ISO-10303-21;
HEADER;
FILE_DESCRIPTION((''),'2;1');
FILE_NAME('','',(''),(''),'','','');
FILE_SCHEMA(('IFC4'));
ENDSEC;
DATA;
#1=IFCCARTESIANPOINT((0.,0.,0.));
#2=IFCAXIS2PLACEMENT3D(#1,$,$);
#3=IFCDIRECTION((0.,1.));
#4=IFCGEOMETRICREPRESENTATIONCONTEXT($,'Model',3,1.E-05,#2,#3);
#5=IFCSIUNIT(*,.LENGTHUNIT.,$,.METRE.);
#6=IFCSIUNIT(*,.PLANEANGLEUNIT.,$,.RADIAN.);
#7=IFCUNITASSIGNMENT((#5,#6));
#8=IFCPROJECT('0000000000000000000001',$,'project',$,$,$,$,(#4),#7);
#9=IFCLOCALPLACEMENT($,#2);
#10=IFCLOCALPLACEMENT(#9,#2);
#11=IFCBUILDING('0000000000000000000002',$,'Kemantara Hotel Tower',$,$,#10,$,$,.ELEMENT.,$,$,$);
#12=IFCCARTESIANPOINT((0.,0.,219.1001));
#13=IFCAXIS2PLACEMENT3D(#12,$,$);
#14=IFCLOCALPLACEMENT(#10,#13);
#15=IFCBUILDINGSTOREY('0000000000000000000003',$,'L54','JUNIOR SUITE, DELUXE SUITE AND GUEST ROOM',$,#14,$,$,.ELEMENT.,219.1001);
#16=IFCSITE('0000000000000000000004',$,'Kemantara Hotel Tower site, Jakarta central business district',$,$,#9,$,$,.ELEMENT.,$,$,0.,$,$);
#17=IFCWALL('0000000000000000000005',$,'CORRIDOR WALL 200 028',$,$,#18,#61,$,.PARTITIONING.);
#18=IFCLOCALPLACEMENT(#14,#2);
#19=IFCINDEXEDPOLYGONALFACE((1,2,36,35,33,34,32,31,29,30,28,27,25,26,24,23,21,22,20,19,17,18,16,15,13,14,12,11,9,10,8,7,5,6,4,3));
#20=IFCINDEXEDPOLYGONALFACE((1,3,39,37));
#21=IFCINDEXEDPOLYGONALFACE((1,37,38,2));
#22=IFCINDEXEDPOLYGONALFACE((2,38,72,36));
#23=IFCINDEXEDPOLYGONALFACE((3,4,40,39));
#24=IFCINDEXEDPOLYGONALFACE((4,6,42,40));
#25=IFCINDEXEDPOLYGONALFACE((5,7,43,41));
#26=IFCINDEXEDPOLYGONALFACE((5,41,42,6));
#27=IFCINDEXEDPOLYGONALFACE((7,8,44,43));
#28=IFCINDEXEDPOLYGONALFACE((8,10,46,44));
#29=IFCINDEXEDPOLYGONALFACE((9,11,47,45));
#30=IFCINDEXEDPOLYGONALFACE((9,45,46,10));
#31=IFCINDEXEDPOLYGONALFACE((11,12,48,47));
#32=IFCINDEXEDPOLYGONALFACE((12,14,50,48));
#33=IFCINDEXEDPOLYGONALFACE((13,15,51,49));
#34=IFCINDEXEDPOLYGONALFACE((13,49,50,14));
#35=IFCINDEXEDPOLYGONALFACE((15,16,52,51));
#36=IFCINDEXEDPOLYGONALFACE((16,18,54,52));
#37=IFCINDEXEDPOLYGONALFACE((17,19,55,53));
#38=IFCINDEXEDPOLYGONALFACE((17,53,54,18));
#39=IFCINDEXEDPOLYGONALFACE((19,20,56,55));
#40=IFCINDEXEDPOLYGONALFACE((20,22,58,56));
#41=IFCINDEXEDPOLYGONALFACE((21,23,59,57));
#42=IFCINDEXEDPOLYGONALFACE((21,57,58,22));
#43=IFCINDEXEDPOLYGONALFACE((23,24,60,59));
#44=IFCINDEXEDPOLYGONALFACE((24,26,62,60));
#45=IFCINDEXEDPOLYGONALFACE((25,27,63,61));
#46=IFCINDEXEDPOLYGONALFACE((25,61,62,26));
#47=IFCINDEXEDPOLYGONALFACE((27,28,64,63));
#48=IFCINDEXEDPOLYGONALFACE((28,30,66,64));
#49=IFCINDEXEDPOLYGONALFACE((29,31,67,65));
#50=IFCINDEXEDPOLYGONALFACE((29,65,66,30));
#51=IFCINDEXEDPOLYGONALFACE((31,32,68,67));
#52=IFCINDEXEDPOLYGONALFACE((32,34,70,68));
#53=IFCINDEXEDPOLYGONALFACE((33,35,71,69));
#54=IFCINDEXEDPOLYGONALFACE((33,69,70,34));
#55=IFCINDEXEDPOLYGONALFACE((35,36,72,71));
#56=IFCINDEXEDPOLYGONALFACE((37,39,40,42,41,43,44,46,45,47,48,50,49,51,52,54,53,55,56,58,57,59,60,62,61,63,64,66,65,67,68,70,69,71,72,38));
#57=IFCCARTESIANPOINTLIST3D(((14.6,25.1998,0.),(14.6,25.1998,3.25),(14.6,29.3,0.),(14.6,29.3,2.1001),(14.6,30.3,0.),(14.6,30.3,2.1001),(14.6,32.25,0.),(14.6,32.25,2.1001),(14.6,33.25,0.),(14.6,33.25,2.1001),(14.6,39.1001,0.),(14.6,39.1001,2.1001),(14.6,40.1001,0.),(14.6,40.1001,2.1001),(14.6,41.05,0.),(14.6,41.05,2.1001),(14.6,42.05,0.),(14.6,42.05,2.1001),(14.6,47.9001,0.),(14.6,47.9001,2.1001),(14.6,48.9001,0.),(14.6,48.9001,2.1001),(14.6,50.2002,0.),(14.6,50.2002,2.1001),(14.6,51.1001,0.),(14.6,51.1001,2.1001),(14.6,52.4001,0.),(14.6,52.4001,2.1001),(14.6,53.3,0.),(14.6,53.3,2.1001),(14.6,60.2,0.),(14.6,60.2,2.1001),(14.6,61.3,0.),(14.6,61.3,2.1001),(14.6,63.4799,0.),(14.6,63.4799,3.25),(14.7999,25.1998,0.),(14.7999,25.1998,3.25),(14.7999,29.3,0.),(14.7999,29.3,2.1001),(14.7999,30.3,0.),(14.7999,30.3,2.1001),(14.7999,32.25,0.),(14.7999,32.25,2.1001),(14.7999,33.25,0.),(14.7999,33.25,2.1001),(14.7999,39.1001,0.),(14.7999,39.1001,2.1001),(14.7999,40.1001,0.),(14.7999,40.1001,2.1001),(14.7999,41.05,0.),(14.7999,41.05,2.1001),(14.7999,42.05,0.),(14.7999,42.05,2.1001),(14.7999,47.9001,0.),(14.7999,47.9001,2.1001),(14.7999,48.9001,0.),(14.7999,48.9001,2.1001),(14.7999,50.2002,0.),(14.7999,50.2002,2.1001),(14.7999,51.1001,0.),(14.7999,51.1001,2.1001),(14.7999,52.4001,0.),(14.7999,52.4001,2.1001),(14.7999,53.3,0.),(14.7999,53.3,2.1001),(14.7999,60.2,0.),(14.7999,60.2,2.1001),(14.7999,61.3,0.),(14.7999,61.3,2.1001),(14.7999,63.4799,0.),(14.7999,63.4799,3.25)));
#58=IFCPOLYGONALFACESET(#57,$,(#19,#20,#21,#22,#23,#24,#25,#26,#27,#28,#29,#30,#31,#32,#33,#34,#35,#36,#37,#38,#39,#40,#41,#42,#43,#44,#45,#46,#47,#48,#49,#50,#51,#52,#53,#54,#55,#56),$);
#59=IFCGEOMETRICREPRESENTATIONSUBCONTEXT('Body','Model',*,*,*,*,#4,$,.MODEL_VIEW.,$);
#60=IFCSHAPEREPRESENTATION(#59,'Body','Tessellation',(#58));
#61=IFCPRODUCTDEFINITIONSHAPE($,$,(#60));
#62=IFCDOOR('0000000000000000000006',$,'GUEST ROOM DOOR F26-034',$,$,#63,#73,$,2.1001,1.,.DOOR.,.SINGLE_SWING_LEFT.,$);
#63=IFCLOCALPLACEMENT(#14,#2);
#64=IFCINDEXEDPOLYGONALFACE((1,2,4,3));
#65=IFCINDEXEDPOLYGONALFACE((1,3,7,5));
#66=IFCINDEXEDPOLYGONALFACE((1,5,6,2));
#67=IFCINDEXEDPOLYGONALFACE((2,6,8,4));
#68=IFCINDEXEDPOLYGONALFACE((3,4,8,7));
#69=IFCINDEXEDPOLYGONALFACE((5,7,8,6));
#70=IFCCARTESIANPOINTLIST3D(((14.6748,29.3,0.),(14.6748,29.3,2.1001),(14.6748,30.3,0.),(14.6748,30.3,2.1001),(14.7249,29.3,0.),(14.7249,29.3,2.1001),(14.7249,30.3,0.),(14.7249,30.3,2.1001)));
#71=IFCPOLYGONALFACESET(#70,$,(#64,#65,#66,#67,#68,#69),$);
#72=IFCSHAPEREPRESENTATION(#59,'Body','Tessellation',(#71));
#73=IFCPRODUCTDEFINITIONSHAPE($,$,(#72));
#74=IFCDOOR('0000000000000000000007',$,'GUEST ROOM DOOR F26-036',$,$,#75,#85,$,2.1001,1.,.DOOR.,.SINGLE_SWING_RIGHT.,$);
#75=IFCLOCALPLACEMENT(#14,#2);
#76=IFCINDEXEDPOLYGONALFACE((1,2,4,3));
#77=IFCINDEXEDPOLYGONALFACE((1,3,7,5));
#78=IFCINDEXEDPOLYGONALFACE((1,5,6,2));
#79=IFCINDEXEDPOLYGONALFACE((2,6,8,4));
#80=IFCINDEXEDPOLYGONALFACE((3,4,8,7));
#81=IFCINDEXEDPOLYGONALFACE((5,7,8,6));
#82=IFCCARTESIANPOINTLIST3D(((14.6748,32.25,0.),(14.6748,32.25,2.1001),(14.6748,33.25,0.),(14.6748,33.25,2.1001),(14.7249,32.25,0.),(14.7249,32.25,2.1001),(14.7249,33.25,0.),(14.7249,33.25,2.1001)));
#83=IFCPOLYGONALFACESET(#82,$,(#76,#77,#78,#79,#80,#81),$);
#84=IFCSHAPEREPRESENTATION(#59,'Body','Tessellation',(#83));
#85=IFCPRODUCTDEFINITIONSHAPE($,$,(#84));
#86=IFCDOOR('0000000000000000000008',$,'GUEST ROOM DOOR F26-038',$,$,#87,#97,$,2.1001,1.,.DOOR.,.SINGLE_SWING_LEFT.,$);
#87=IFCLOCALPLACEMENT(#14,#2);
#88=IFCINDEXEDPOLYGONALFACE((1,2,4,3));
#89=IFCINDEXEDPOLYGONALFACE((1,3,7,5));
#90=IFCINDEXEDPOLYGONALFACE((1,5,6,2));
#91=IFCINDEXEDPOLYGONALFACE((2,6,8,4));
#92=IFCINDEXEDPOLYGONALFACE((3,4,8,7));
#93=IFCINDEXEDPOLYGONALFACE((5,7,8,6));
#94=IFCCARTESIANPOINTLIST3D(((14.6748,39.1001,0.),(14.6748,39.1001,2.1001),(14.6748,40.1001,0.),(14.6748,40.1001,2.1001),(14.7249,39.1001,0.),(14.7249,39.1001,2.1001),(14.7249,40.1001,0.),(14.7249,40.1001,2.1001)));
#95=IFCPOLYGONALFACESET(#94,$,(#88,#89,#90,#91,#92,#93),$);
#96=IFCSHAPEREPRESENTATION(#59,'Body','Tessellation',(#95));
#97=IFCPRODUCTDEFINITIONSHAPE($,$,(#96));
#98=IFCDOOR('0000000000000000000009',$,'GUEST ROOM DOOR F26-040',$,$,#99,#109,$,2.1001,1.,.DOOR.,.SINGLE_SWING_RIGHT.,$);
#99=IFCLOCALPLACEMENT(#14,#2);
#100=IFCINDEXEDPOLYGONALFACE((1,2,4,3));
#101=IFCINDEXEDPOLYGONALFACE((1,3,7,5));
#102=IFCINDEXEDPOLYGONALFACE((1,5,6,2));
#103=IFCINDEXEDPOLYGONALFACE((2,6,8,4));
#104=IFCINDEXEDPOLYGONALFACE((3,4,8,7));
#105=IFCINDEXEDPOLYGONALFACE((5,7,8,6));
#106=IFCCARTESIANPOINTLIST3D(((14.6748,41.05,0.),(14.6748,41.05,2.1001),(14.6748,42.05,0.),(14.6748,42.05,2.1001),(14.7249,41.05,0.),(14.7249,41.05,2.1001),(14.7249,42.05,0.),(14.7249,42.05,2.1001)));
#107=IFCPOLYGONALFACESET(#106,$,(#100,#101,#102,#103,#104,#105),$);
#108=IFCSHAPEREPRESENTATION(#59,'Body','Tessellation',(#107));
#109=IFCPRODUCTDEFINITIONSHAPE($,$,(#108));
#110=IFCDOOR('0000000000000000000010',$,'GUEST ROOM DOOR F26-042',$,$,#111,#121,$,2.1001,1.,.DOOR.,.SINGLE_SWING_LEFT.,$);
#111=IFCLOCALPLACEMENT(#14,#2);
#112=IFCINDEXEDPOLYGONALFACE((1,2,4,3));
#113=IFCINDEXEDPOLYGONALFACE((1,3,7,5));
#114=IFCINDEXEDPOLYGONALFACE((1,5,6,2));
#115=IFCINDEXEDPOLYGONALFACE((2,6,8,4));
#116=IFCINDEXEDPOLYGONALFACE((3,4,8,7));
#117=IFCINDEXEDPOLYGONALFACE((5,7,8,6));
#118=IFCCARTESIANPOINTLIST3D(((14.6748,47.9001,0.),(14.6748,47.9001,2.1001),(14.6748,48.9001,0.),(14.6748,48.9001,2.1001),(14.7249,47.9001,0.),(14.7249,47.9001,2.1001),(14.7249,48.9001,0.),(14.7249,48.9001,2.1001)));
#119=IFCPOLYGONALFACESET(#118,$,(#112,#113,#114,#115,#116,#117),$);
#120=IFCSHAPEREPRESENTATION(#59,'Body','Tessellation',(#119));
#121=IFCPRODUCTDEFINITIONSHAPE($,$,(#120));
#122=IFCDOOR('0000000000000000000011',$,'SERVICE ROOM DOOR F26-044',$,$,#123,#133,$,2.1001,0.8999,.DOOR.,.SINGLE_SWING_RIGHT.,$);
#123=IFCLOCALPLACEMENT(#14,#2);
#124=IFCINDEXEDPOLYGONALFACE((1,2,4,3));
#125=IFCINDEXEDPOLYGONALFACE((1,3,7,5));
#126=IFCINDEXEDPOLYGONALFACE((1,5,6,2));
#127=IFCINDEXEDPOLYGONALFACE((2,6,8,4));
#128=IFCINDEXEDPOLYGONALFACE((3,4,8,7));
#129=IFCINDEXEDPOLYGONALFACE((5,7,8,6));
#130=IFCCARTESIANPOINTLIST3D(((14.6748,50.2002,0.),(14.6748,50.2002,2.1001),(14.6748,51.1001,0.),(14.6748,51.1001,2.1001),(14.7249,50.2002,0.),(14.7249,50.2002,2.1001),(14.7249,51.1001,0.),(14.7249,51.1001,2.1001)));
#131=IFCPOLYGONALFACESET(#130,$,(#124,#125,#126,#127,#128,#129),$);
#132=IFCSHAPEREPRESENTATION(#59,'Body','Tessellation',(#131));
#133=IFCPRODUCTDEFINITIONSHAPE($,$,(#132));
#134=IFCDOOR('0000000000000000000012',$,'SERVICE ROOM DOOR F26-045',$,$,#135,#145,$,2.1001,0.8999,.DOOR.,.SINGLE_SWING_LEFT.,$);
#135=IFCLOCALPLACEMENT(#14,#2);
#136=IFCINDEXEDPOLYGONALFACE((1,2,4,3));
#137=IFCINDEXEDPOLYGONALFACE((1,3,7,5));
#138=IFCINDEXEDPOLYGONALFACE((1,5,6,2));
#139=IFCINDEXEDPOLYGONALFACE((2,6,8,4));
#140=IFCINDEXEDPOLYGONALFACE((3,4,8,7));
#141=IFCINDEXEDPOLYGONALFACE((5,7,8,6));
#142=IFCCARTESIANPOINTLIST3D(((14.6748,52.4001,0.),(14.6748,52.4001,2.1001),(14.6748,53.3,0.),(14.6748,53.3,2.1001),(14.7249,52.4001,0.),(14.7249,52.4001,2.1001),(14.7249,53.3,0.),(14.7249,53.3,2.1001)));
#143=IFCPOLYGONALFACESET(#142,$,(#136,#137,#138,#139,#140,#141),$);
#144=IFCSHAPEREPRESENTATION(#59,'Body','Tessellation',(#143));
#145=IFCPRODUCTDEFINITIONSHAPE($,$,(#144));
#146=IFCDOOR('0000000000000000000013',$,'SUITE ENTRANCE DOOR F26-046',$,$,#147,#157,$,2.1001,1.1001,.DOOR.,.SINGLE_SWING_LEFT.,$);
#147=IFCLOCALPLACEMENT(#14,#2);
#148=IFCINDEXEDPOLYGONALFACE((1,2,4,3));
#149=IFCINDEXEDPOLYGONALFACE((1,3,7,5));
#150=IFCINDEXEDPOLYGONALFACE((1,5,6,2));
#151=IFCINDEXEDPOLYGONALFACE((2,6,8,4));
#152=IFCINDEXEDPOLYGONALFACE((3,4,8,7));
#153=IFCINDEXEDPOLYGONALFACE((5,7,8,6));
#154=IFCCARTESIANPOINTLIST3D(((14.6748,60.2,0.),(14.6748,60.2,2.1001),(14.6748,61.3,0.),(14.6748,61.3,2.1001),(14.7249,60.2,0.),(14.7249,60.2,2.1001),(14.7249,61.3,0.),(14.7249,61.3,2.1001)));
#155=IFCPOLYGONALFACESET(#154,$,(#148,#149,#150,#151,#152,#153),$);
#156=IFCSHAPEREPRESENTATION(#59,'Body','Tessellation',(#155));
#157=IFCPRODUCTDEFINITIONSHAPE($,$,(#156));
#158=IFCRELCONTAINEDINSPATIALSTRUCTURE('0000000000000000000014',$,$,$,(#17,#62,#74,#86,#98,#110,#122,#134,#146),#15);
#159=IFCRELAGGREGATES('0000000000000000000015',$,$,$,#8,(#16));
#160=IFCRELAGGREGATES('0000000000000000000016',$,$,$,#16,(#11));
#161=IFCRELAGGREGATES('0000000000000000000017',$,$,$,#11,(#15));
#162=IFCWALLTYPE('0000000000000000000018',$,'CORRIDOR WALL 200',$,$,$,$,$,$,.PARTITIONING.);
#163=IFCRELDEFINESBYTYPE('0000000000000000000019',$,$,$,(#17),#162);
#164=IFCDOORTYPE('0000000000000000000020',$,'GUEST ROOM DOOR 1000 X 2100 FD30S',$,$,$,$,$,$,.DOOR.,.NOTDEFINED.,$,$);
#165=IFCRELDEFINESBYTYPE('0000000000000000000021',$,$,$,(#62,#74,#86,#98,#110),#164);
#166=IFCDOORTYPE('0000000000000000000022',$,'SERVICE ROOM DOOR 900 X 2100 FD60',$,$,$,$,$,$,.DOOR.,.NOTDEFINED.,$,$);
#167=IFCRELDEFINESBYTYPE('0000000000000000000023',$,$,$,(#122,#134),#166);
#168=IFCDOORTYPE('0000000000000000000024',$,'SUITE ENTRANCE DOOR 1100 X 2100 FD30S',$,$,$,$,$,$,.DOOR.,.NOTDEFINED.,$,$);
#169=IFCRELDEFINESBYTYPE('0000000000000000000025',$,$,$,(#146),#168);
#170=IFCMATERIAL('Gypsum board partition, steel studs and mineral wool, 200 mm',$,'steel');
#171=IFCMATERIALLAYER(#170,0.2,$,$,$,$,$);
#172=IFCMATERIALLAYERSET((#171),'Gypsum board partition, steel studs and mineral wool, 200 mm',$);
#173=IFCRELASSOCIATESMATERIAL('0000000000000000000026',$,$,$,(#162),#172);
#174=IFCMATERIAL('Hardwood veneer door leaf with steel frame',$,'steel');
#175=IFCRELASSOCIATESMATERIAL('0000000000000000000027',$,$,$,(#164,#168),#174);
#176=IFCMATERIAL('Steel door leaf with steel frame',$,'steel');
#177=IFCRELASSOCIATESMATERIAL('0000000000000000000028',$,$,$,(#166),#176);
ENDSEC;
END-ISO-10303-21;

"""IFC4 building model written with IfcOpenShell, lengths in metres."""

from ifc_helpers import new_model, si_unit, direction, frame, frame_2d, origin, place, context, subcontext, project, spatial, rectangle, extrude, material, layer, layer_set, type_object, element, fill, save


model = new_model("IFC4")

# Units and contexts
model_context = context("Model", 3, precision=1e-05, world=origin(), true_north=direction((0.0, 1.0)))
body_context = subcontext(model_context, "Body", "Model", "MODEL_VIEW")
ifc_project = project(units=[si_unit("LENGTHUNIT", "METRE"), si_unit("PLANEANGLEUNIT", "RADIAN")], contexts=[model_context])

# Site, building, storey
site_placement = place(None, origin())
site = spatial("IfcSite", under=ifc_project, at=site_placement, Name="Kemantara Hotel Tower site, Jakarta central business district", CompositionType="ELEMENT", RefElevation=0.0)
building_placement = place(site_placement, origin())
building = spatial("IfcBuilding", under=site, at=building_placement, Name="Kemantara Hotel Tower", CompositionType="ELEMENT")
storey_placement = place(building_placement, frame((0.0, 0.0, 219.1001)))
storey = spatial("IfcBuildingStorey", under=building, at=storey_placement, Name="L54", Description="JUNIOR SUITE, DELUXE SUITE AND GUEST ROOM", CompositionType="ELEMENT", Elevation=219.1001)

# Wall, openings, doors
ifc_material_1 = material(Name="Gypsum board partition, steel studs and mineral wool, 200 mm", Category="steel")
ifc_layer_1 = layer(ifc_material_1, 0.2)
ifc_layer_set_1 = layer_set([ifc_layer_1], Name="Gypsum board partition, steel studs and mineral wool, 200 mm")
wall_type = type_object("IfcWallType", Name="CORRIDOR WALL 200", PredefinedType="PARTITIONING", material=ifc_layer_set_1)
wall_placement = place(storey_placement, frame((14.7, 63.48, 0.0), z_axis=(0.0, 0.0, 1.0), x_axis=(0.0, -1.0, 0.0)))
wall = element("IfcWall", 1, at=wall_placement, inside=storey, type_object=wall_type, Name="CORRIDOR WALL 200 028", PredefinedType="PARTITIONING", context=body_context, shape_type="SweptSolid", body=[
    extrude(rectangle(XDim=38.28, YDim=0.2, at=frame_2d((19.1401, 0.0))), origin(), (0.0, 0.0, 1.0), 3.25),
])
opening_1_placement = place(wall_placement, frame((33.1799, 0.0, 0.0)))
opening_1 = element("IfcOpeningElement", 2, at=opening_1_placement, cuts=wall, PredefinedType="OPENING", context=body_context, shape_type="SweptSolid", body=[
    extrude(rectangle(XDim=1.0, YDim=2.1001, at=frame_2d((0.5, 1.05))), frame((0.0, 0.1099, 0.0), z_axis=(0.0, -1.0, 0.0), x_axis=(1.0, 0.0, 0.0)), (0.0, 0.0, 1.0), 0.22),
])
opening_2_placement = place(wall_placement, frame((30.23, 0.0, 0.0)))
opening_2 = element("IfcOpeningElement", 3, at=opening_2_placement, cuts=wall, PredefinedType="OPENING", context=body_context, shape_type="SweptSolid", body=[
    extrude(rectangle(XDim=1.0, YDim=2.1001, at=frame_2d((0.5, 1.05))), frame((0.0, 0.1099, 0.0), z_axis=(0.0, -1.0, 0.0), x_axis=(1.0, 0.0, 0.0)), (0.0, 0.0, 1.0), 0.22),
])
opening_3_placement = place(wall_placement, frame((23.3799, 0.0, 0.0)))
opening_3 = element("IfcOpeningElement", 4, at=opening_3_placement, cuts=wall, PredefinedType="OPENING", context=body_context, shape_type="SweptSolid", body=[
    extrude(rectangle(XDim=1.0, YDim=2.1001, at=frame_2d((0.5, 1.05))), frame((0.0, 0.1099, 0.0), z_axis=(0.0, -1.0, 0.0), x_axis=(1.0, 0.0, 0.0)), (0.0, 0.0, 1.0), 0.22),
])
opening_4_placement = place(wall_placement, frame((21.4299, 0.0, 0.0)))
opening_4 = element("IfcOpeningElement", 5, at=opening_4_placement, cuts=wall, PredefinedType="OPENING", context=body_context, shape_type="SweptSolid", body=[
    extrude(rectangle(XDim=1.0, YDim=2.1001, at=frame_2d((0.5, 1.05))), frame((0.0, 0.1099, 0.0), z_axis=(0.0, -1.0, 0.0), x_axis=(1.0, 0.0, 0.0)), (0.0, 0.0, 1.0), 0.22),
])
opening_5_placement = place(wall_placement, frame((14.5798, 0.0, 0.0)))
opening_5 = element("IfcOpeningElement", 6, at=opening_5_placement, cuts=wall, PredefinedType="OPENING", context=body_context, shape_type="SweptSolid", body=[
    extrude(rectangle(XDim=1.0, YDim=2.1001, at=frame_2d((0.5, 1.05))), frame((0.0, 0.1099, 0.0), z_axis=(0.0, -1.0, 0.0), x_axis=(1.0, 0.0, 0.0)), (0.0, 0.0, 1.0), 0.22),
])
opening_6_placement = place(wall_placement, frame((12.3799, 0.0, 0.0)))
opening_6 = element("IfcOpeningElement", 7, at=opening_6_placement, cuts=wall, PredefinedType="OPENING", context=body_context, shape_type="SweptSolid", body=[
    extrude(rectangle(XDim=0.8999, YDim=2.1001, at=frame_2d((0.45, 1.05))), frame((0.0, 0.1099, 0.0), z_axis=(0.0, -1.0, 0.0), x_axis=(1.0, 0.0, 0.0)), (0.0, 0.0, 1.0), 0.22),
])
opening_7_placement = place(wall_placement, frame((10.1799, 0.0, 0.0)))
opening_7 = element("IfcOpeningElement", 8, at=opening_7_placement, cuts=wall, PredefinedType="OPENING", context=body_context, shape_type="SweptSolid", body=[
    extrude(rectangle(XDim=0.8999, YDim=2.1001, at=frame_2d((0.45, 1.05))), frame((0.0, 0.1099, 0.0), z_axis=(0.0, -1.0, 0.0), x_axis=(1.0, 0.0, 0.0)), (0.0, 0.0, 1.0), 0.22),
])
opening_8_placement = place(wall_placement, frame((2.1799, 0.0, 0.0)))
opening_8 = element("IfcOpeningElement", 9, at=opening_8_placement, cuts=wall, PredefinedType="OPENING", context=body_context, shape_type="SweptSolid", body=[
    extrude(rectangle(XDim=1.1001, YDim=2.1001, at=frame_2d((0.55, 1.05))), frame((0.0, 0.1099, 0.0), z_axis=(0.0, -1.0, 0.0), x_axis=(1.0, 0.0, 0.0)), (0.0, 0.0, 1.0), 0.22),
])
ifc_material_2 = material(Name="Hardwood veneer door leaf with steel frame", Category="steel")
door_type_1 = type_object("IfcDoorType", Name="GUEST ROOM DOOR 1000 X 2100 FD30S", OperationType="NOTDEFINED", PredefinedType="DOOR", material=ifc_material_2)
door_1_placement = place(opening_1_placement, origin())
door_1 = element("IfcDoor", 10, at=door_1_placement, inside=storey, type_object=door_type_1, Name="GUEST ROOM DOOR F26-034", OperationType="SINGLE_SWING_LEFT", OverallHeight=2.1001, OverallWidth=1.0, PredefinedType="DOOR", context=body_context, shape_type="SweptSolid", body=[
    extrude(rectangle(XDim=1.0, YDim=2.1001, at=frame_2d((0.5, 1.05))), frame((0.0, 0.0249, 0.0), z_axis=(0.0, -1.0, 0.0), x_axis=(1.0, 0.0, 0.0)), (0.0, 0.0, 1.0), 0.05),
])
fill(opening_1, door_1)
door_2_placement = place(opening_2_placement, origin())
door_2 = element("IfcDoor", 11, at=door_2_placement, inside=storey, type_object=door_type_1, Name="GUEST ROOM DOOR F26-036", OperationType="SINGLE_SWING_RIGHT", OverallHeight=2.1001, OverallWidth=1.0, PredefinedType="DOOR", context=body_context, shape_type="SweptSolid", body=[
    extrude(rectangle(XDim=1.0, YDim=2.1001, at=frame_2d((0.5, 1.05))), frame((0.0, 0.0249, 0.0), z_axis=(0.0, -1.0, 0.0), x_axis=(1.0, 0.0, 0.0)), (0.0, 0.0, 1.0), 0.05),
])
fill(opening_2, door_2)
door_3_placement = place(opening_3_placement, origin())
door_3 = element("IfcDoor", 12, at=door_3_placement, inside=storey, type_object=door_type_1, Name="GUEST ROOM DOOR F26-038", OperationType="SINGLE_SWING_LEFT", OverallHeight=2.1001, OverallWidth=1.0, PredefinedType="DOOR", context=body_context, shape_type="SweptSolid", body=[
    extrude(rectangle(XDim=1.0, YDim=2.1001, at=frame_2d((0.5, 1.05))), frame((0.0, 0.0249, 0.0), z_axis=(0.0, -1.0, 0.0), x_axis=(1.0, 0.0, 0.0)), (0.0, 0.0, 1.0), 0.05),
])
fill(opening_3, door_3)
door_4_placement = place(opening_4_placement, origin())
door_4 = element("IfcDoor", 13, at=door_4_placement, inside=storey, type_object=door_type_1, Name="GUEST ROOM DOOR F26-040", OperationType="SINGLE_SWING_RIGHT", OverallHeight=2.1001, OverallWidth=1.0, PredefinedType="DOOR", context=body_context, shape_type="SweptSolid", body=[
    extrude(rectangle(XDim=1.0, YDim=2.1001, at=frame_2d((0.5, 1.05))), frame((0.0, 0.0249, 0.0), z_axis=(0.0, -1.0, 0.0), x_axis=(1.0, 0.0, 0.0)), (0.0, 0.0, 1.0), 0.05),
])
fill(opening_4, door_4)
door_5_placement = place(opening_5_placement, origin())
door_5 = element("IfcDoor", 14, at=door_5_placement, inside=storey, type_object=door_type_1, Name="GUEST ROOM DOOR F26-042", OperationType="SINGLE_SWING_LEFT", OverallHeight=2.1001, OverallWidth=1.0, PredefinedType="DOOR", context=body_context, shape_type="SweptSolid", body=[
    extrude(rectangle(XDim=1.0, YDim=2.1001, at=frame_2d((0.5, 1.05))), frame((0.0, 0.0249, 0.0), z_axis=(0.0, -1.0, 0.0), x_axis=(1.0, 0.0, 0.0)), (0.0, 0.0, 1.0), 0.05),
])
fill(opening_5, door_5)
ifc_material_3 = material(Name="Steel door leaf with steel frame", Category="steel")
door_type_2 = type_object("IfcDoorType", Name="SERVICE ROOM DOOR 900 X 2100 FD60", OperationType="NOTDEFINED", PredefinedType="DOOR", material=ifc_material_3)
door_6_placement = place(opening_6_placement, origin())
door_6 = element("IfcDoor", 15, at=door_6_placement, inside=storey, type_object=door_type_2, Name="SERVICE ROOM DOOR F26-044", OperationType="SINGLE_SWING_RIGHT", OverallHeight=2.1001, OverallWidth=0.8999, PredefinedType="DOOR", context=body_context, shape_type="SweptSolid", body=[
    extrude(rectangle(XDim=0.8999, YDim=2.1001, at=frame_2d((0.45, 1.05))), frame((0.0, 0.0249, 0.0), z_axis=(0.0, -1.0, 0.0), x_axis=(1.0, 0.0, 0.0)), (0.0, 0.0, 1.0), 0.05),
])
fill(opening_6, door_6)
door_7_placement = place(opening_7_placement, origin())
door_7 = element("IfcDoor", 16, at=door_7_placement, inside=storey, type_object=door_type_2, Name="SERVICE ROOM DOOR F26-045", OperationType="SINGLE_SWING_LEFT", OverallHeight=2.1001, OverallWidth=0.8999, PredefinedType="DOOR", context=body_context, shape_type="SweptSolid", body=[
    extrude(rectangle(XDim=0.8999, YDim=2.1001, at=frame_2d((0.45, 1.05))), frame((0.0, 0.0249, 0.0), z_axis=(0.0, -1.0, 0.0), x_axis=(1.0, 0.0, 0.0)), (0.0, 0.0, 1.0), 0.05),
])
fill(opening_7, door_7)
door_type_3 = type_object("IfcDoorType", Name="SUITE ENTRANCE DOOR 1100 X 2100 FD30S", OperationType="NOTDEFINED", PredefinedType="DOOR", material=ifc_material_2)
door_8_placement = place(opening_8_placement, origin())
door_8 = element("IfcDoor", 17, at=door_8_placement, inside=storey, type_object=door_type_3, Name="SUITE ENTRANCE DOOR F26-046", OperationType="SINGLE_SWING_LEFT", OverallHeight=2.1001, OverallWidth=1.1001, PredefinedType="DOOR", context=body_context, shape_type="SweptSolid", body=[
    extrude(rectangle(XDim=1.1001, YDim=2.1001, at=frame_2d((0.55, 1.05))), frame((0.0, 0.0249, 0.0), z_axis=(0.0, -1.0, 0.0), x_axis=(1.0, 0.0, 0.0)), (0.0, 0.0, 1.0), 0.05),
])
fill(opening_8, door_8)

save(model, "model.ifc")
